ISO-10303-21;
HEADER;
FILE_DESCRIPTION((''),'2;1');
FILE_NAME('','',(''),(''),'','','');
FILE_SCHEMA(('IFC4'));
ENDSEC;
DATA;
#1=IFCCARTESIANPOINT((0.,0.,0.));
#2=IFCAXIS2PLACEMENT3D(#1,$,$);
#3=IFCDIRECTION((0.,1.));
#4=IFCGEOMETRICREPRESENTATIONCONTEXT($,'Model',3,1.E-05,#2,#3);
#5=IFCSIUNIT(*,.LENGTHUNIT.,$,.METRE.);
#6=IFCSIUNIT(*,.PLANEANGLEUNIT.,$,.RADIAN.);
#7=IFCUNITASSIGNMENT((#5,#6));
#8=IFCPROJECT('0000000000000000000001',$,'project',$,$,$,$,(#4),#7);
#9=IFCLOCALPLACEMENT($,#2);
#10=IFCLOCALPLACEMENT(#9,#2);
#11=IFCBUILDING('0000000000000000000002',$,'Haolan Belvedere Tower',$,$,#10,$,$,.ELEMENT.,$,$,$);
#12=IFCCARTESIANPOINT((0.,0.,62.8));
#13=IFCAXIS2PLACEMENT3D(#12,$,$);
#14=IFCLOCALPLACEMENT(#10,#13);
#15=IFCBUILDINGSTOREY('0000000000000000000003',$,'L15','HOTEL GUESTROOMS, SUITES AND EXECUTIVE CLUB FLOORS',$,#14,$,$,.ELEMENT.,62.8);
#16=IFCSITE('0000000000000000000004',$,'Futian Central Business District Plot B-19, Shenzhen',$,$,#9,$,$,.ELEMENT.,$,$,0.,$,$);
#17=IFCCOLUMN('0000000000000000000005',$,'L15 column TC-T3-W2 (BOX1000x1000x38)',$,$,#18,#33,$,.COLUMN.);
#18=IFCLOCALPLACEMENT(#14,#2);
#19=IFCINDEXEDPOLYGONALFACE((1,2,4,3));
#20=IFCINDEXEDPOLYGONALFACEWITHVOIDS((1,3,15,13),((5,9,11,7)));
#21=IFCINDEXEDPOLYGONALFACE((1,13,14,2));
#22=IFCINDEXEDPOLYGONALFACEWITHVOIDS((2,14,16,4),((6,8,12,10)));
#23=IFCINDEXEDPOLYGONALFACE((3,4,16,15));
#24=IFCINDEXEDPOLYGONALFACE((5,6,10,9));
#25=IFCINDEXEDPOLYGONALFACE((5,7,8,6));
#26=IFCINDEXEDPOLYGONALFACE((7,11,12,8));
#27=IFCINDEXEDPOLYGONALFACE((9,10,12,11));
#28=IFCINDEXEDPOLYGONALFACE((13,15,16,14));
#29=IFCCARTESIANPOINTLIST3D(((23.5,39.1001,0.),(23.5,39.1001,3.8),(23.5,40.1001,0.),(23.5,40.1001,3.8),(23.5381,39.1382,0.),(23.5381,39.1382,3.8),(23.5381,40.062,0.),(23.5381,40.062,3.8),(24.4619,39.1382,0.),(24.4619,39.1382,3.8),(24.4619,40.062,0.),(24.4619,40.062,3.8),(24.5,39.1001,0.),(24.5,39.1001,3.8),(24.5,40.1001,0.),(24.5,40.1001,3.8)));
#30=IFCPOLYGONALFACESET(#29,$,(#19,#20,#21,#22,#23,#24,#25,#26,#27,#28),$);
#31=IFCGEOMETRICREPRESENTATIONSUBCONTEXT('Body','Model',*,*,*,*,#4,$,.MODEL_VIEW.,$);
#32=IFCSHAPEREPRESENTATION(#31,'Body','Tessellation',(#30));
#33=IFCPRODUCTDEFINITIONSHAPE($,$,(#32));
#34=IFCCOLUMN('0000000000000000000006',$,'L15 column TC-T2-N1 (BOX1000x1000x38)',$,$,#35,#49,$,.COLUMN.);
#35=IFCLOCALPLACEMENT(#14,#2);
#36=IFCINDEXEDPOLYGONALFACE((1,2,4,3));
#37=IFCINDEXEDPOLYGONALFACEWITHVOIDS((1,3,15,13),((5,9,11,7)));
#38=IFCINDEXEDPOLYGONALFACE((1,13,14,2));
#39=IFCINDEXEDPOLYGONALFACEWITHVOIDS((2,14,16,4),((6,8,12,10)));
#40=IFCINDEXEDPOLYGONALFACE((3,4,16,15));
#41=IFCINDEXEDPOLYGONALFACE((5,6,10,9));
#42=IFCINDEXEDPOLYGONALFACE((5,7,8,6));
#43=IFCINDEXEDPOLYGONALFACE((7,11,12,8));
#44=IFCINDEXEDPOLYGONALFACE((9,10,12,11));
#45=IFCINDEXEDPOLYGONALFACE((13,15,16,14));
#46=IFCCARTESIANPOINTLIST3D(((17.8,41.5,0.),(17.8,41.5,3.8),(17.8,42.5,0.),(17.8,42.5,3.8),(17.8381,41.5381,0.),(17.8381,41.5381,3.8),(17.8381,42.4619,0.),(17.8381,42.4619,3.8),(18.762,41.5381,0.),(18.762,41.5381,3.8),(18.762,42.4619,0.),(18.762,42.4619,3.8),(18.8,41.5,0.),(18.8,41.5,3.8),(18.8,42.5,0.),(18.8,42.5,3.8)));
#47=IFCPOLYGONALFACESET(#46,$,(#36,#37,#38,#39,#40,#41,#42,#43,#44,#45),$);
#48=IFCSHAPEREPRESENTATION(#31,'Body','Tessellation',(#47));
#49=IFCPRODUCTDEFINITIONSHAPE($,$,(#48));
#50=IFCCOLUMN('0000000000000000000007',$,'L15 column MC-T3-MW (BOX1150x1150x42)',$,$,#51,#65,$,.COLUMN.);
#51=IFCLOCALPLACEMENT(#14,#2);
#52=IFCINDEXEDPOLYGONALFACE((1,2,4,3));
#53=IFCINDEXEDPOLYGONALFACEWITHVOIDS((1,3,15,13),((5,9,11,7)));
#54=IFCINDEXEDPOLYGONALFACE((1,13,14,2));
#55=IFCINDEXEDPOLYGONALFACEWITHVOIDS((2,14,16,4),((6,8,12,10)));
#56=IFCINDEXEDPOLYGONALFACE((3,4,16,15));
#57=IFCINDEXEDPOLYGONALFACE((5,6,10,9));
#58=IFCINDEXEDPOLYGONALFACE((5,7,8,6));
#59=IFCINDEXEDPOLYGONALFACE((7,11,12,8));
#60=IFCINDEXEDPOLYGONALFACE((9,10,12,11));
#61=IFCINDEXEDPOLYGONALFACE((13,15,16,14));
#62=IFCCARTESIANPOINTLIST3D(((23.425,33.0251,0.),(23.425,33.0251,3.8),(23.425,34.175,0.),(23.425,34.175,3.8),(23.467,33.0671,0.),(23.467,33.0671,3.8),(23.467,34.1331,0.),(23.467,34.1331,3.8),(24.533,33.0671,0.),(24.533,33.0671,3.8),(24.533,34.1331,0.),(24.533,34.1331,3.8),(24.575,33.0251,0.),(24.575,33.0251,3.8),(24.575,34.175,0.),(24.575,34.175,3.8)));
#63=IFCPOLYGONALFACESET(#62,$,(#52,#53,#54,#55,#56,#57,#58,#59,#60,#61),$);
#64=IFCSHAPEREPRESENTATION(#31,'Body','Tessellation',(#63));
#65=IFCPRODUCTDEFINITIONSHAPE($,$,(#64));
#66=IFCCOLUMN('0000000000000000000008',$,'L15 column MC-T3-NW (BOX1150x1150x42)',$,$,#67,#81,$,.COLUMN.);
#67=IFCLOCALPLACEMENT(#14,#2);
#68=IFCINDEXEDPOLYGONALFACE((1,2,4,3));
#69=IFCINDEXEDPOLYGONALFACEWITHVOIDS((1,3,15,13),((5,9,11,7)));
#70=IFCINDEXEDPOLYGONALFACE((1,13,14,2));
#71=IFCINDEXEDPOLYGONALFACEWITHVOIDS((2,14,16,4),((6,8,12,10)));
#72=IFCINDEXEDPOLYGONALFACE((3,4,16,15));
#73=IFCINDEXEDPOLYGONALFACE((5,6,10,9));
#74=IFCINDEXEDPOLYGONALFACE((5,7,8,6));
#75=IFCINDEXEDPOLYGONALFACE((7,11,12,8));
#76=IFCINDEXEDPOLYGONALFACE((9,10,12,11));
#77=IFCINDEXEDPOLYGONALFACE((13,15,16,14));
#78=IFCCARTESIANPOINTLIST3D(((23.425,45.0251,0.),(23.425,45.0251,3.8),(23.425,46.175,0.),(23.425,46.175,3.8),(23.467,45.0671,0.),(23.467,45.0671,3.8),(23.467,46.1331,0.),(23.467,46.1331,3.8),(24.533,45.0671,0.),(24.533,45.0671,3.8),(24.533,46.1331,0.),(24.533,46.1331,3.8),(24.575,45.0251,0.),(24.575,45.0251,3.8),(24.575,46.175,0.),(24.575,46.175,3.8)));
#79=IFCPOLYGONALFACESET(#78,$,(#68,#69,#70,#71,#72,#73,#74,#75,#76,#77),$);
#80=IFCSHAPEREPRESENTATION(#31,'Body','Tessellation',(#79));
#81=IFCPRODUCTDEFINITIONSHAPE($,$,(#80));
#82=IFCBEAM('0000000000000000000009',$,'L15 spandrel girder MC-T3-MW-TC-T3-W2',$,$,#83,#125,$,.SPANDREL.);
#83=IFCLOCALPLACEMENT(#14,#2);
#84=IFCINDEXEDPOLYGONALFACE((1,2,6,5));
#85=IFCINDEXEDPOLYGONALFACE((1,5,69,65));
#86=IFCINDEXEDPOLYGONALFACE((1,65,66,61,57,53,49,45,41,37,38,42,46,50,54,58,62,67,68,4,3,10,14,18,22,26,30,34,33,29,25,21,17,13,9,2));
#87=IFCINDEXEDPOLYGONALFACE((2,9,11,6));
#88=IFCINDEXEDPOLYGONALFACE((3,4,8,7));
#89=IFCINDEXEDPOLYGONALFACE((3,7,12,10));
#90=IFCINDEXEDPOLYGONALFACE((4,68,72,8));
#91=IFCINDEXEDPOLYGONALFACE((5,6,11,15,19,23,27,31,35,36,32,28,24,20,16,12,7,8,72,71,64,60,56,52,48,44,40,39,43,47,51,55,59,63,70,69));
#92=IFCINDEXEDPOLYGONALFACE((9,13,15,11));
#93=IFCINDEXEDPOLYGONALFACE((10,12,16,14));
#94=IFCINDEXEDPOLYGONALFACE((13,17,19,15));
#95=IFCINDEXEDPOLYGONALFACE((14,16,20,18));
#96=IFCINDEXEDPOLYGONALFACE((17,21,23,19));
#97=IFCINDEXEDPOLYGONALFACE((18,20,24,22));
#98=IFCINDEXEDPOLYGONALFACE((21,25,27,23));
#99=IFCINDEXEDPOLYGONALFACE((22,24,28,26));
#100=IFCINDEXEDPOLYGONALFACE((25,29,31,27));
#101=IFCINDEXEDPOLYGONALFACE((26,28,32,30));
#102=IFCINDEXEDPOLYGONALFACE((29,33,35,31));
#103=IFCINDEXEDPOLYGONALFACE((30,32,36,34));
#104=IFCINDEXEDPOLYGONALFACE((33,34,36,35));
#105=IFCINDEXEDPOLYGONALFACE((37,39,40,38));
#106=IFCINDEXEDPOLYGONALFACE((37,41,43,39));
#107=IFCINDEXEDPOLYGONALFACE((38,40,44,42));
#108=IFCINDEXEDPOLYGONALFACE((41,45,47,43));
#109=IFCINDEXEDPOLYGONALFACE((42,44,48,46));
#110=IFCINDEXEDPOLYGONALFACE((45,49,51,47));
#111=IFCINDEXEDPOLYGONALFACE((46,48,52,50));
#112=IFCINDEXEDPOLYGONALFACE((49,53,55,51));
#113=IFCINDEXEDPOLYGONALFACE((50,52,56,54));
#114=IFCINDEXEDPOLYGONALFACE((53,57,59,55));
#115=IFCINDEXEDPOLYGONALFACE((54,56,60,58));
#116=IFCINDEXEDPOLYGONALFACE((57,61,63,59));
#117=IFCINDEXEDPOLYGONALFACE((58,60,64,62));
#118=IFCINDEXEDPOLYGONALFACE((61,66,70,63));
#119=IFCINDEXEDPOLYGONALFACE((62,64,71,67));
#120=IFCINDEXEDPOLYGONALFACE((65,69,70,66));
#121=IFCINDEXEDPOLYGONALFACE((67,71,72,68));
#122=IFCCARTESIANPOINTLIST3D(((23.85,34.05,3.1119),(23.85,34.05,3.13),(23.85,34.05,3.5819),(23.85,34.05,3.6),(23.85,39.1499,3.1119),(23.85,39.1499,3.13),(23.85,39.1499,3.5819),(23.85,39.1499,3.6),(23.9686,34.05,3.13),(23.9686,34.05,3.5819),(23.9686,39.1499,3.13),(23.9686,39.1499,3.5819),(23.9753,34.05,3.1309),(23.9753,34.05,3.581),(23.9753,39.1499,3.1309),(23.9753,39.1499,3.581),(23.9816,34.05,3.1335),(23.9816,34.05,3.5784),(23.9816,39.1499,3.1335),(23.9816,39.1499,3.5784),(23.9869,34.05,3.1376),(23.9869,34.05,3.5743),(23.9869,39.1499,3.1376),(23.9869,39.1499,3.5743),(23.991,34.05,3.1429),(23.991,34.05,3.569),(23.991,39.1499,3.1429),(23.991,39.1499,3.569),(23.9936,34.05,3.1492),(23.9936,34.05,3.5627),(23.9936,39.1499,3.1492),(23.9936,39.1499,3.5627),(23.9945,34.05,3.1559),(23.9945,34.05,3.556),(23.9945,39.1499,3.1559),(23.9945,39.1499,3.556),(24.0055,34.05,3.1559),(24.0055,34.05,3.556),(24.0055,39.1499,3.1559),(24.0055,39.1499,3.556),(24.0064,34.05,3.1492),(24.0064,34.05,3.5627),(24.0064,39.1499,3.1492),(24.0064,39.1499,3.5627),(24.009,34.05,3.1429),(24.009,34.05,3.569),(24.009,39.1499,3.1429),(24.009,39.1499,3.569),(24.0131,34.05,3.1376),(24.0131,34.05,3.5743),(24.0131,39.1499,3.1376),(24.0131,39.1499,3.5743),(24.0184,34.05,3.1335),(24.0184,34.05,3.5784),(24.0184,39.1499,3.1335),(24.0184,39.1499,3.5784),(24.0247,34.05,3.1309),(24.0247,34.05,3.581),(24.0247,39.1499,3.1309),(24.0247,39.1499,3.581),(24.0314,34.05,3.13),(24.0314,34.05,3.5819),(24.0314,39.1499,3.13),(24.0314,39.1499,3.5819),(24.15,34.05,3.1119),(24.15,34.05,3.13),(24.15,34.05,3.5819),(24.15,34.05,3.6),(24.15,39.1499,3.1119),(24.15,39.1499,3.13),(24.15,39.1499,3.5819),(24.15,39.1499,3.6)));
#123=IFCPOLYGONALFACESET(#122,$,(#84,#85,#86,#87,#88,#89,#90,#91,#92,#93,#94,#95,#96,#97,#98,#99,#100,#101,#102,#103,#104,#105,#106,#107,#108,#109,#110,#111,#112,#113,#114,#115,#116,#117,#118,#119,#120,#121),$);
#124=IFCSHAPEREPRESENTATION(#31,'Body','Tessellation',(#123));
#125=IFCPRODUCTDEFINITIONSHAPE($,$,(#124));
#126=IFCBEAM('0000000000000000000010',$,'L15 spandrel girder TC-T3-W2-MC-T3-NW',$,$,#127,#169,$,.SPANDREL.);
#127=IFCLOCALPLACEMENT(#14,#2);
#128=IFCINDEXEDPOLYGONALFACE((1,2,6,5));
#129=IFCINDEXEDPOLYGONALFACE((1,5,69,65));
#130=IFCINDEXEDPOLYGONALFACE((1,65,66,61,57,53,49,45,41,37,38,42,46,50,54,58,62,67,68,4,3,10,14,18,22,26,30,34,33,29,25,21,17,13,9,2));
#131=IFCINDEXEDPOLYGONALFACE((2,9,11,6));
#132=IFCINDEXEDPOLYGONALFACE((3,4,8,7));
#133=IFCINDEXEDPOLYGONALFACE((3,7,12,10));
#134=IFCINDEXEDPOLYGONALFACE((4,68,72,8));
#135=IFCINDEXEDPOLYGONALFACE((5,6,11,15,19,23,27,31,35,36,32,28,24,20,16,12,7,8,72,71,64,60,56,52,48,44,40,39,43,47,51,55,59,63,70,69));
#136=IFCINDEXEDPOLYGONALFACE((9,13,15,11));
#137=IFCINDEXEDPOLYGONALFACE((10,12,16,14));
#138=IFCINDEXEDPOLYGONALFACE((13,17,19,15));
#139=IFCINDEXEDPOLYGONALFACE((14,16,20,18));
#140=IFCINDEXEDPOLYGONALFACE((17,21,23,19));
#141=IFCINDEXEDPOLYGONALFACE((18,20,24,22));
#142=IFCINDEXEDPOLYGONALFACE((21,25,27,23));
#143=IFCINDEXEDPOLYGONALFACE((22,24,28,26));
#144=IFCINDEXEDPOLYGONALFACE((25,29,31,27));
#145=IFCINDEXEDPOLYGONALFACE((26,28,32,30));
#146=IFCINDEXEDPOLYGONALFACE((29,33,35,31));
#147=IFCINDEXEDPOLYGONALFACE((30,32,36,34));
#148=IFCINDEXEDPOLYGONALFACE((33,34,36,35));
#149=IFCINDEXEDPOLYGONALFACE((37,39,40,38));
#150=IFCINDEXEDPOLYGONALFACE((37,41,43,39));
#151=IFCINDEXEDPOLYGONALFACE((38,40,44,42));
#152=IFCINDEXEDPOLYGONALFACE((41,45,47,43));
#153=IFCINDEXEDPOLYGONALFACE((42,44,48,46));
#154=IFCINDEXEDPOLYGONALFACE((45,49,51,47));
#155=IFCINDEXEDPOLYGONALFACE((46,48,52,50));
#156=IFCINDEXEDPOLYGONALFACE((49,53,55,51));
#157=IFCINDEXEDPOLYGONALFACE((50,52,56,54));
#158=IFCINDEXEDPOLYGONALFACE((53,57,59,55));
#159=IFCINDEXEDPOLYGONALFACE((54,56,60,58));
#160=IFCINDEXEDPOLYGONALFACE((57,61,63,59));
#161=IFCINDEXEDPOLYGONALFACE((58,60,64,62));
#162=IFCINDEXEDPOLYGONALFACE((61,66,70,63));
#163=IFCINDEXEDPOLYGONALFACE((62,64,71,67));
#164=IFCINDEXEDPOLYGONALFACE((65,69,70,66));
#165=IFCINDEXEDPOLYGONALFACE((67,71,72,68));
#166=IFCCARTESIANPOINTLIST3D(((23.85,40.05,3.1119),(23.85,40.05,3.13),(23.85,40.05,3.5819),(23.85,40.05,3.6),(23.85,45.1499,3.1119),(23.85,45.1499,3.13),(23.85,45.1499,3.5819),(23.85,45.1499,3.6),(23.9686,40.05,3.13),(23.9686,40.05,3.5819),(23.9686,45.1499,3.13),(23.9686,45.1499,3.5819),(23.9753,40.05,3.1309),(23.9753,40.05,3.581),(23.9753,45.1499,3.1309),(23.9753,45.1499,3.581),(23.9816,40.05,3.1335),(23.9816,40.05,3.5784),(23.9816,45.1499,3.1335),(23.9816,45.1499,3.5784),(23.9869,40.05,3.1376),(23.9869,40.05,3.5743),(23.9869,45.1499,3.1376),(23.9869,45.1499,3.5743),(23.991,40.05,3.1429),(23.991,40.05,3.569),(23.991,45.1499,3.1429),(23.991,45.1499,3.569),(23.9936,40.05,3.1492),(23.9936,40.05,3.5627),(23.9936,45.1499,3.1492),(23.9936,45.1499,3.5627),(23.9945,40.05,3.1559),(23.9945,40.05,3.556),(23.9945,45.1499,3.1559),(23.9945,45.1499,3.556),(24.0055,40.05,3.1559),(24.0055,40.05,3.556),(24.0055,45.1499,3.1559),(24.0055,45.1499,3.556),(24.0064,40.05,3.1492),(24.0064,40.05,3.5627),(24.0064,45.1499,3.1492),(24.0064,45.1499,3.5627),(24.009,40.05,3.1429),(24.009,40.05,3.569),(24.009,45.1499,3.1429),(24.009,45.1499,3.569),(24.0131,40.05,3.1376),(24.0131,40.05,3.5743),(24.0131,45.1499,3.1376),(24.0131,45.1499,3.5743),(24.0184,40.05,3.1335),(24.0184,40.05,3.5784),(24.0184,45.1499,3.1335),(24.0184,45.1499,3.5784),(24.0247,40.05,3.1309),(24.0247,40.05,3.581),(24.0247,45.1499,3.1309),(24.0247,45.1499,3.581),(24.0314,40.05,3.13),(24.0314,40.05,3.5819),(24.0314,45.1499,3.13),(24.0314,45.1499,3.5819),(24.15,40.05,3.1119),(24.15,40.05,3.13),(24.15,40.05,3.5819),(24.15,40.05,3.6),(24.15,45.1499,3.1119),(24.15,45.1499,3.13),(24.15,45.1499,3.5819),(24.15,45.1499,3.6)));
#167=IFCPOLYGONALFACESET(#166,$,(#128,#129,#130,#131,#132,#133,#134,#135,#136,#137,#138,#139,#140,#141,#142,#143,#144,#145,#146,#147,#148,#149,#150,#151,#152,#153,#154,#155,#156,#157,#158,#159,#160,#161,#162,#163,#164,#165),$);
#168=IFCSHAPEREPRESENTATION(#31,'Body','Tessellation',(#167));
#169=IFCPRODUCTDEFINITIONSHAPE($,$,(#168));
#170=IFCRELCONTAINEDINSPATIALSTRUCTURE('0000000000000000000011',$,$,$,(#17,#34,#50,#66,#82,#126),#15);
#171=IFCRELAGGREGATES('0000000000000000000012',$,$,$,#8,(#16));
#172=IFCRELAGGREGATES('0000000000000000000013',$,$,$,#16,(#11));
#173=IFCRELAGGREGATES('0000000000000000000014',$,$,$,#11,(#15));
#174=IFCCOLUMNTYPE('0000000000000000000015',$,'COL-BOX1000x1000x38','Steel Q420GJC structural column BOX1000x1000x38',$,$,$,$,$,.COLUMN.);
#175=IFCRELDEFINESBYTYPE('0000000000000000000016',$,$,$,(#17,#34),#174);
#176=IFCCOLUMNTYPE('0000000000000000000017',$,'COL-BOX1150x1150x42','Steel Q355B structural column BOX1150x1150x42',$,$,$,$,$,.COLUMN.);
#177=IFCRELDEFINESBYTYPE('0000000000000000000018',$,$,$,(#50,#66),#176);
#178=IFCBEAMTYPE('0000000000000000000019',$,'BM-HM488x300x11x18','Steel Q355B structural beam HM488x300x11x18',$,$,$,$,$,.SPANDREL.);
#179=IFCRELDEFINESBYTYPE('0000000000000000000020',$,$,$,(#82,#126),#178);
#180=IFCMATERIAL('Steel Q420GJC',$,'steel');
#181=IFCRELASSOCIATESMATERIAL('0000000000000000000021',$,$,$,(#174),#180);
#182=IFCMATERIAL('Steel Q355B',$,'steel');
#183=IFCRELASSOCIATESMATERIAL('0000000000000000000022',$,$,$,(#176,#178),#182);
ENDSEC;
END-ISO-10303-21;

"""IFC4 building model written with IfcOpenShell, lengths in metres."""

from ifc_helpers import new_model, si_unit, direction, frame, origin, origin_2d, place, context, subcontext, project, spatial, hollow_rectangle, i_section, extrude, material, material_profile, profile_set, type_object, element, save


model = new_model("IFC4")

# Units and contexts
model_context = context("Model", 3, precision=1e-05, world=origin(), true_north=direction((0.0, 1.0)))
body_context = subcontext(model_context, "Body", "Model", "MODEL_VIEW")
ifc_project = project(units=[si_unit("LENGTHUNIT", "METRE"), si_unit("PLANEANGLEUNIT", "RADIAN")], contexts=[model_context])

# Site, building, storey
site_placement = place(None, origin())
site = spatial("IfcSite", under=ifc_project, at=site_placement, Name="Futian Central Business District Plot B-19, Shenzhen", CompositionType="ELEMENT", RefElevation=0.0)
building_placement = place(site_placement, origin())
building = spatial("IfcBuilding", under=site, at=building_placement, Name="Haolan Belvedere Tower", CompositionType="ELEMENT")
storey_placement = place(building_placement, frame((0.0, 0.0, 62.8)))
storey = spatial("IfcBuildingStorey", under=building, at=storey_placement, Name="L15", Description="HOTEL GUESTROOMS, SUITES AND EXECUTIVE CLUB FLOORS", CompositionType="ELEMENT", Elevation=62.8)

# Columns
ifc_material_1 = material(Name="Steel Q420GJC", Category="steel")
ifc_material_profile_1 = material_profile(ifc_material_1, hollow_rectangle(XDim=1.0, YDim=1.0, WallThickness=0.0381, at=origin_2d()), Name="Steel Q420GJC")
ifc_profile_set_1 = profile_set([ifc_material_profile_1], Name="Steel Q420GJC")
column_type_1 = type_object("IfcColumnType", Name="COL-BOX1000x1000x38", Description="Steel Q420GJC structural column BOX1000x1000x38", PredefinedType="COLUMN", material=ifc_profile_set_1)
for number, where, z_axis, x_axis, name in (
    (1, (24.0, 39.6001, 0.0), (0.0, 0.0, 1.0), (1.0, 0.0, 0.0), "L15 column TC-T3-W2 (BOX1000x1000x38)"),
    (2, (18.3, 42.0, 0.0), (0.0, 0.0, 1.0), (1.0, 0.0, 0.0), "L15 column TC-T2-N1 (BOX1000x1000x38)"),
):
    element("IfcColumn", number, at=place(storey_placement, frame(where, z_axis=z_axis, x_axis=x_axis)), inside=storey, type_object=column_type_1, Name=name, PredefinedType="COLUMN", context=body_context, shape_type="SweptSolid", body=[
        extrude(hollow_rectangle(XDim=1.0, YDim=1.0, WallThickness=0.0381, at=origin_2d()), origin(), (0.0, 0.0, 1.0), 3.8),
    ])
ifc_material_2 = material(Name="Steel Q355B", Category="steel")
ifc_material_profile_2 = material_profile(ifc_material_2, hollow_rectangle(XDim=1.1499, YDim=1.1499, WallThickness=0.042, at=origin_2d()), Name="Steel Q355B")
ifc_profile_set_2 = profile_set([ifc_material_profile_2], Name="Steel Q355B")
column_type_2 = type_object("IfcColumnType", Name="COL-BOX1150x1150x42", Description="Steel Q355B structural column BOX1150x1150x42", PredefinedType="COLUMN", material=ifc_profile_set_2)
for number, where, z_axis, x_axis, name in (
    (3, (24.0, 33.6001, 0.0), (0.0, 0.0, 1.0), (1.0, 0.0, 0.0), "L15 column MC-T3-MW (BOX1150x1150x42)"),
    (4, (24.0, 45.6001, 0.0), (0.0, 0.0, 1.0), (1.0, 0.0, 0.0), "L15 column MC-T3-NW (BOX1150x1150x42)"),
):
    element("IfcColumn", number, at=place(storey_placement, frame(where, z_axis=z_axis, x_axis=x_axis)), inside=storey, type_object=column_type_2, Name=name, PredefinedType="COLUMN", context=body_context, shape_type="SweptSolid", body=[
        extrude(hollow_rectangle(XDim=1.1499, YDim=1.1499, WallThickness=0.042, at=origin_2d()), origin(), (0.0, 0.0, 1.0), 3.8),
    ])

# Beams
ifc_material_profile_3 = material_profile(ifc_material_2, i_section(OverallWidth=0.3, OverallDepth=0.488, WebThickness=0.011, FlangeThickness=0.0181, FilletRadius=0.0259, at=origin_2d()), Name="Steel Q355B")
ifc_profile_set_3 = profile_set([ifc_material_profile_3], Name="Steel Q355B")
beam_type_1 = type_object("IfcBeamType", Name="BM-HM488x300x11x18", Description="Steel Q355B structural beam HM488x300x11x18", PredefinedType="SPANDREL", material=ifc_profile_set_3)
for number, where, z_axis, x_axis, name in (
    (5, (24.0, 34.05, 3.356), (0.0, 1.0, 0.0), (-1.0, 0.0, 0.0), "L15 spandrel girder MC-T3-MW-TC-T3-W2"),
    (6, (24.0, 40.05, 3.356), (0.0, 1.0, 0.0), (-1.0, 0.0, 0.0), "L15 spandrel girder TC-T3-W2-MC-T3-NW"),
):
    element("IfcBeam", number, at=place(storey_placement, frame(where, z_axis=z_axis, x_axis=x_axis)), inside=storey, type_object=beam_type_1, Name=name, PredefinedType="SPANDREL", context=body_context, shape_type="SweptSolid", body=[
        extrude(i_section(OverallWidth=0.3, OverallDepth=0.488, WebThickness=0.011, FlangeThickness=0.0181, FilletRadius=0.0259, at=origin_2d()), origin(), (0.0, 0.0, 1.0), 5.0999),
    ])

save(model, "model.ifc")
